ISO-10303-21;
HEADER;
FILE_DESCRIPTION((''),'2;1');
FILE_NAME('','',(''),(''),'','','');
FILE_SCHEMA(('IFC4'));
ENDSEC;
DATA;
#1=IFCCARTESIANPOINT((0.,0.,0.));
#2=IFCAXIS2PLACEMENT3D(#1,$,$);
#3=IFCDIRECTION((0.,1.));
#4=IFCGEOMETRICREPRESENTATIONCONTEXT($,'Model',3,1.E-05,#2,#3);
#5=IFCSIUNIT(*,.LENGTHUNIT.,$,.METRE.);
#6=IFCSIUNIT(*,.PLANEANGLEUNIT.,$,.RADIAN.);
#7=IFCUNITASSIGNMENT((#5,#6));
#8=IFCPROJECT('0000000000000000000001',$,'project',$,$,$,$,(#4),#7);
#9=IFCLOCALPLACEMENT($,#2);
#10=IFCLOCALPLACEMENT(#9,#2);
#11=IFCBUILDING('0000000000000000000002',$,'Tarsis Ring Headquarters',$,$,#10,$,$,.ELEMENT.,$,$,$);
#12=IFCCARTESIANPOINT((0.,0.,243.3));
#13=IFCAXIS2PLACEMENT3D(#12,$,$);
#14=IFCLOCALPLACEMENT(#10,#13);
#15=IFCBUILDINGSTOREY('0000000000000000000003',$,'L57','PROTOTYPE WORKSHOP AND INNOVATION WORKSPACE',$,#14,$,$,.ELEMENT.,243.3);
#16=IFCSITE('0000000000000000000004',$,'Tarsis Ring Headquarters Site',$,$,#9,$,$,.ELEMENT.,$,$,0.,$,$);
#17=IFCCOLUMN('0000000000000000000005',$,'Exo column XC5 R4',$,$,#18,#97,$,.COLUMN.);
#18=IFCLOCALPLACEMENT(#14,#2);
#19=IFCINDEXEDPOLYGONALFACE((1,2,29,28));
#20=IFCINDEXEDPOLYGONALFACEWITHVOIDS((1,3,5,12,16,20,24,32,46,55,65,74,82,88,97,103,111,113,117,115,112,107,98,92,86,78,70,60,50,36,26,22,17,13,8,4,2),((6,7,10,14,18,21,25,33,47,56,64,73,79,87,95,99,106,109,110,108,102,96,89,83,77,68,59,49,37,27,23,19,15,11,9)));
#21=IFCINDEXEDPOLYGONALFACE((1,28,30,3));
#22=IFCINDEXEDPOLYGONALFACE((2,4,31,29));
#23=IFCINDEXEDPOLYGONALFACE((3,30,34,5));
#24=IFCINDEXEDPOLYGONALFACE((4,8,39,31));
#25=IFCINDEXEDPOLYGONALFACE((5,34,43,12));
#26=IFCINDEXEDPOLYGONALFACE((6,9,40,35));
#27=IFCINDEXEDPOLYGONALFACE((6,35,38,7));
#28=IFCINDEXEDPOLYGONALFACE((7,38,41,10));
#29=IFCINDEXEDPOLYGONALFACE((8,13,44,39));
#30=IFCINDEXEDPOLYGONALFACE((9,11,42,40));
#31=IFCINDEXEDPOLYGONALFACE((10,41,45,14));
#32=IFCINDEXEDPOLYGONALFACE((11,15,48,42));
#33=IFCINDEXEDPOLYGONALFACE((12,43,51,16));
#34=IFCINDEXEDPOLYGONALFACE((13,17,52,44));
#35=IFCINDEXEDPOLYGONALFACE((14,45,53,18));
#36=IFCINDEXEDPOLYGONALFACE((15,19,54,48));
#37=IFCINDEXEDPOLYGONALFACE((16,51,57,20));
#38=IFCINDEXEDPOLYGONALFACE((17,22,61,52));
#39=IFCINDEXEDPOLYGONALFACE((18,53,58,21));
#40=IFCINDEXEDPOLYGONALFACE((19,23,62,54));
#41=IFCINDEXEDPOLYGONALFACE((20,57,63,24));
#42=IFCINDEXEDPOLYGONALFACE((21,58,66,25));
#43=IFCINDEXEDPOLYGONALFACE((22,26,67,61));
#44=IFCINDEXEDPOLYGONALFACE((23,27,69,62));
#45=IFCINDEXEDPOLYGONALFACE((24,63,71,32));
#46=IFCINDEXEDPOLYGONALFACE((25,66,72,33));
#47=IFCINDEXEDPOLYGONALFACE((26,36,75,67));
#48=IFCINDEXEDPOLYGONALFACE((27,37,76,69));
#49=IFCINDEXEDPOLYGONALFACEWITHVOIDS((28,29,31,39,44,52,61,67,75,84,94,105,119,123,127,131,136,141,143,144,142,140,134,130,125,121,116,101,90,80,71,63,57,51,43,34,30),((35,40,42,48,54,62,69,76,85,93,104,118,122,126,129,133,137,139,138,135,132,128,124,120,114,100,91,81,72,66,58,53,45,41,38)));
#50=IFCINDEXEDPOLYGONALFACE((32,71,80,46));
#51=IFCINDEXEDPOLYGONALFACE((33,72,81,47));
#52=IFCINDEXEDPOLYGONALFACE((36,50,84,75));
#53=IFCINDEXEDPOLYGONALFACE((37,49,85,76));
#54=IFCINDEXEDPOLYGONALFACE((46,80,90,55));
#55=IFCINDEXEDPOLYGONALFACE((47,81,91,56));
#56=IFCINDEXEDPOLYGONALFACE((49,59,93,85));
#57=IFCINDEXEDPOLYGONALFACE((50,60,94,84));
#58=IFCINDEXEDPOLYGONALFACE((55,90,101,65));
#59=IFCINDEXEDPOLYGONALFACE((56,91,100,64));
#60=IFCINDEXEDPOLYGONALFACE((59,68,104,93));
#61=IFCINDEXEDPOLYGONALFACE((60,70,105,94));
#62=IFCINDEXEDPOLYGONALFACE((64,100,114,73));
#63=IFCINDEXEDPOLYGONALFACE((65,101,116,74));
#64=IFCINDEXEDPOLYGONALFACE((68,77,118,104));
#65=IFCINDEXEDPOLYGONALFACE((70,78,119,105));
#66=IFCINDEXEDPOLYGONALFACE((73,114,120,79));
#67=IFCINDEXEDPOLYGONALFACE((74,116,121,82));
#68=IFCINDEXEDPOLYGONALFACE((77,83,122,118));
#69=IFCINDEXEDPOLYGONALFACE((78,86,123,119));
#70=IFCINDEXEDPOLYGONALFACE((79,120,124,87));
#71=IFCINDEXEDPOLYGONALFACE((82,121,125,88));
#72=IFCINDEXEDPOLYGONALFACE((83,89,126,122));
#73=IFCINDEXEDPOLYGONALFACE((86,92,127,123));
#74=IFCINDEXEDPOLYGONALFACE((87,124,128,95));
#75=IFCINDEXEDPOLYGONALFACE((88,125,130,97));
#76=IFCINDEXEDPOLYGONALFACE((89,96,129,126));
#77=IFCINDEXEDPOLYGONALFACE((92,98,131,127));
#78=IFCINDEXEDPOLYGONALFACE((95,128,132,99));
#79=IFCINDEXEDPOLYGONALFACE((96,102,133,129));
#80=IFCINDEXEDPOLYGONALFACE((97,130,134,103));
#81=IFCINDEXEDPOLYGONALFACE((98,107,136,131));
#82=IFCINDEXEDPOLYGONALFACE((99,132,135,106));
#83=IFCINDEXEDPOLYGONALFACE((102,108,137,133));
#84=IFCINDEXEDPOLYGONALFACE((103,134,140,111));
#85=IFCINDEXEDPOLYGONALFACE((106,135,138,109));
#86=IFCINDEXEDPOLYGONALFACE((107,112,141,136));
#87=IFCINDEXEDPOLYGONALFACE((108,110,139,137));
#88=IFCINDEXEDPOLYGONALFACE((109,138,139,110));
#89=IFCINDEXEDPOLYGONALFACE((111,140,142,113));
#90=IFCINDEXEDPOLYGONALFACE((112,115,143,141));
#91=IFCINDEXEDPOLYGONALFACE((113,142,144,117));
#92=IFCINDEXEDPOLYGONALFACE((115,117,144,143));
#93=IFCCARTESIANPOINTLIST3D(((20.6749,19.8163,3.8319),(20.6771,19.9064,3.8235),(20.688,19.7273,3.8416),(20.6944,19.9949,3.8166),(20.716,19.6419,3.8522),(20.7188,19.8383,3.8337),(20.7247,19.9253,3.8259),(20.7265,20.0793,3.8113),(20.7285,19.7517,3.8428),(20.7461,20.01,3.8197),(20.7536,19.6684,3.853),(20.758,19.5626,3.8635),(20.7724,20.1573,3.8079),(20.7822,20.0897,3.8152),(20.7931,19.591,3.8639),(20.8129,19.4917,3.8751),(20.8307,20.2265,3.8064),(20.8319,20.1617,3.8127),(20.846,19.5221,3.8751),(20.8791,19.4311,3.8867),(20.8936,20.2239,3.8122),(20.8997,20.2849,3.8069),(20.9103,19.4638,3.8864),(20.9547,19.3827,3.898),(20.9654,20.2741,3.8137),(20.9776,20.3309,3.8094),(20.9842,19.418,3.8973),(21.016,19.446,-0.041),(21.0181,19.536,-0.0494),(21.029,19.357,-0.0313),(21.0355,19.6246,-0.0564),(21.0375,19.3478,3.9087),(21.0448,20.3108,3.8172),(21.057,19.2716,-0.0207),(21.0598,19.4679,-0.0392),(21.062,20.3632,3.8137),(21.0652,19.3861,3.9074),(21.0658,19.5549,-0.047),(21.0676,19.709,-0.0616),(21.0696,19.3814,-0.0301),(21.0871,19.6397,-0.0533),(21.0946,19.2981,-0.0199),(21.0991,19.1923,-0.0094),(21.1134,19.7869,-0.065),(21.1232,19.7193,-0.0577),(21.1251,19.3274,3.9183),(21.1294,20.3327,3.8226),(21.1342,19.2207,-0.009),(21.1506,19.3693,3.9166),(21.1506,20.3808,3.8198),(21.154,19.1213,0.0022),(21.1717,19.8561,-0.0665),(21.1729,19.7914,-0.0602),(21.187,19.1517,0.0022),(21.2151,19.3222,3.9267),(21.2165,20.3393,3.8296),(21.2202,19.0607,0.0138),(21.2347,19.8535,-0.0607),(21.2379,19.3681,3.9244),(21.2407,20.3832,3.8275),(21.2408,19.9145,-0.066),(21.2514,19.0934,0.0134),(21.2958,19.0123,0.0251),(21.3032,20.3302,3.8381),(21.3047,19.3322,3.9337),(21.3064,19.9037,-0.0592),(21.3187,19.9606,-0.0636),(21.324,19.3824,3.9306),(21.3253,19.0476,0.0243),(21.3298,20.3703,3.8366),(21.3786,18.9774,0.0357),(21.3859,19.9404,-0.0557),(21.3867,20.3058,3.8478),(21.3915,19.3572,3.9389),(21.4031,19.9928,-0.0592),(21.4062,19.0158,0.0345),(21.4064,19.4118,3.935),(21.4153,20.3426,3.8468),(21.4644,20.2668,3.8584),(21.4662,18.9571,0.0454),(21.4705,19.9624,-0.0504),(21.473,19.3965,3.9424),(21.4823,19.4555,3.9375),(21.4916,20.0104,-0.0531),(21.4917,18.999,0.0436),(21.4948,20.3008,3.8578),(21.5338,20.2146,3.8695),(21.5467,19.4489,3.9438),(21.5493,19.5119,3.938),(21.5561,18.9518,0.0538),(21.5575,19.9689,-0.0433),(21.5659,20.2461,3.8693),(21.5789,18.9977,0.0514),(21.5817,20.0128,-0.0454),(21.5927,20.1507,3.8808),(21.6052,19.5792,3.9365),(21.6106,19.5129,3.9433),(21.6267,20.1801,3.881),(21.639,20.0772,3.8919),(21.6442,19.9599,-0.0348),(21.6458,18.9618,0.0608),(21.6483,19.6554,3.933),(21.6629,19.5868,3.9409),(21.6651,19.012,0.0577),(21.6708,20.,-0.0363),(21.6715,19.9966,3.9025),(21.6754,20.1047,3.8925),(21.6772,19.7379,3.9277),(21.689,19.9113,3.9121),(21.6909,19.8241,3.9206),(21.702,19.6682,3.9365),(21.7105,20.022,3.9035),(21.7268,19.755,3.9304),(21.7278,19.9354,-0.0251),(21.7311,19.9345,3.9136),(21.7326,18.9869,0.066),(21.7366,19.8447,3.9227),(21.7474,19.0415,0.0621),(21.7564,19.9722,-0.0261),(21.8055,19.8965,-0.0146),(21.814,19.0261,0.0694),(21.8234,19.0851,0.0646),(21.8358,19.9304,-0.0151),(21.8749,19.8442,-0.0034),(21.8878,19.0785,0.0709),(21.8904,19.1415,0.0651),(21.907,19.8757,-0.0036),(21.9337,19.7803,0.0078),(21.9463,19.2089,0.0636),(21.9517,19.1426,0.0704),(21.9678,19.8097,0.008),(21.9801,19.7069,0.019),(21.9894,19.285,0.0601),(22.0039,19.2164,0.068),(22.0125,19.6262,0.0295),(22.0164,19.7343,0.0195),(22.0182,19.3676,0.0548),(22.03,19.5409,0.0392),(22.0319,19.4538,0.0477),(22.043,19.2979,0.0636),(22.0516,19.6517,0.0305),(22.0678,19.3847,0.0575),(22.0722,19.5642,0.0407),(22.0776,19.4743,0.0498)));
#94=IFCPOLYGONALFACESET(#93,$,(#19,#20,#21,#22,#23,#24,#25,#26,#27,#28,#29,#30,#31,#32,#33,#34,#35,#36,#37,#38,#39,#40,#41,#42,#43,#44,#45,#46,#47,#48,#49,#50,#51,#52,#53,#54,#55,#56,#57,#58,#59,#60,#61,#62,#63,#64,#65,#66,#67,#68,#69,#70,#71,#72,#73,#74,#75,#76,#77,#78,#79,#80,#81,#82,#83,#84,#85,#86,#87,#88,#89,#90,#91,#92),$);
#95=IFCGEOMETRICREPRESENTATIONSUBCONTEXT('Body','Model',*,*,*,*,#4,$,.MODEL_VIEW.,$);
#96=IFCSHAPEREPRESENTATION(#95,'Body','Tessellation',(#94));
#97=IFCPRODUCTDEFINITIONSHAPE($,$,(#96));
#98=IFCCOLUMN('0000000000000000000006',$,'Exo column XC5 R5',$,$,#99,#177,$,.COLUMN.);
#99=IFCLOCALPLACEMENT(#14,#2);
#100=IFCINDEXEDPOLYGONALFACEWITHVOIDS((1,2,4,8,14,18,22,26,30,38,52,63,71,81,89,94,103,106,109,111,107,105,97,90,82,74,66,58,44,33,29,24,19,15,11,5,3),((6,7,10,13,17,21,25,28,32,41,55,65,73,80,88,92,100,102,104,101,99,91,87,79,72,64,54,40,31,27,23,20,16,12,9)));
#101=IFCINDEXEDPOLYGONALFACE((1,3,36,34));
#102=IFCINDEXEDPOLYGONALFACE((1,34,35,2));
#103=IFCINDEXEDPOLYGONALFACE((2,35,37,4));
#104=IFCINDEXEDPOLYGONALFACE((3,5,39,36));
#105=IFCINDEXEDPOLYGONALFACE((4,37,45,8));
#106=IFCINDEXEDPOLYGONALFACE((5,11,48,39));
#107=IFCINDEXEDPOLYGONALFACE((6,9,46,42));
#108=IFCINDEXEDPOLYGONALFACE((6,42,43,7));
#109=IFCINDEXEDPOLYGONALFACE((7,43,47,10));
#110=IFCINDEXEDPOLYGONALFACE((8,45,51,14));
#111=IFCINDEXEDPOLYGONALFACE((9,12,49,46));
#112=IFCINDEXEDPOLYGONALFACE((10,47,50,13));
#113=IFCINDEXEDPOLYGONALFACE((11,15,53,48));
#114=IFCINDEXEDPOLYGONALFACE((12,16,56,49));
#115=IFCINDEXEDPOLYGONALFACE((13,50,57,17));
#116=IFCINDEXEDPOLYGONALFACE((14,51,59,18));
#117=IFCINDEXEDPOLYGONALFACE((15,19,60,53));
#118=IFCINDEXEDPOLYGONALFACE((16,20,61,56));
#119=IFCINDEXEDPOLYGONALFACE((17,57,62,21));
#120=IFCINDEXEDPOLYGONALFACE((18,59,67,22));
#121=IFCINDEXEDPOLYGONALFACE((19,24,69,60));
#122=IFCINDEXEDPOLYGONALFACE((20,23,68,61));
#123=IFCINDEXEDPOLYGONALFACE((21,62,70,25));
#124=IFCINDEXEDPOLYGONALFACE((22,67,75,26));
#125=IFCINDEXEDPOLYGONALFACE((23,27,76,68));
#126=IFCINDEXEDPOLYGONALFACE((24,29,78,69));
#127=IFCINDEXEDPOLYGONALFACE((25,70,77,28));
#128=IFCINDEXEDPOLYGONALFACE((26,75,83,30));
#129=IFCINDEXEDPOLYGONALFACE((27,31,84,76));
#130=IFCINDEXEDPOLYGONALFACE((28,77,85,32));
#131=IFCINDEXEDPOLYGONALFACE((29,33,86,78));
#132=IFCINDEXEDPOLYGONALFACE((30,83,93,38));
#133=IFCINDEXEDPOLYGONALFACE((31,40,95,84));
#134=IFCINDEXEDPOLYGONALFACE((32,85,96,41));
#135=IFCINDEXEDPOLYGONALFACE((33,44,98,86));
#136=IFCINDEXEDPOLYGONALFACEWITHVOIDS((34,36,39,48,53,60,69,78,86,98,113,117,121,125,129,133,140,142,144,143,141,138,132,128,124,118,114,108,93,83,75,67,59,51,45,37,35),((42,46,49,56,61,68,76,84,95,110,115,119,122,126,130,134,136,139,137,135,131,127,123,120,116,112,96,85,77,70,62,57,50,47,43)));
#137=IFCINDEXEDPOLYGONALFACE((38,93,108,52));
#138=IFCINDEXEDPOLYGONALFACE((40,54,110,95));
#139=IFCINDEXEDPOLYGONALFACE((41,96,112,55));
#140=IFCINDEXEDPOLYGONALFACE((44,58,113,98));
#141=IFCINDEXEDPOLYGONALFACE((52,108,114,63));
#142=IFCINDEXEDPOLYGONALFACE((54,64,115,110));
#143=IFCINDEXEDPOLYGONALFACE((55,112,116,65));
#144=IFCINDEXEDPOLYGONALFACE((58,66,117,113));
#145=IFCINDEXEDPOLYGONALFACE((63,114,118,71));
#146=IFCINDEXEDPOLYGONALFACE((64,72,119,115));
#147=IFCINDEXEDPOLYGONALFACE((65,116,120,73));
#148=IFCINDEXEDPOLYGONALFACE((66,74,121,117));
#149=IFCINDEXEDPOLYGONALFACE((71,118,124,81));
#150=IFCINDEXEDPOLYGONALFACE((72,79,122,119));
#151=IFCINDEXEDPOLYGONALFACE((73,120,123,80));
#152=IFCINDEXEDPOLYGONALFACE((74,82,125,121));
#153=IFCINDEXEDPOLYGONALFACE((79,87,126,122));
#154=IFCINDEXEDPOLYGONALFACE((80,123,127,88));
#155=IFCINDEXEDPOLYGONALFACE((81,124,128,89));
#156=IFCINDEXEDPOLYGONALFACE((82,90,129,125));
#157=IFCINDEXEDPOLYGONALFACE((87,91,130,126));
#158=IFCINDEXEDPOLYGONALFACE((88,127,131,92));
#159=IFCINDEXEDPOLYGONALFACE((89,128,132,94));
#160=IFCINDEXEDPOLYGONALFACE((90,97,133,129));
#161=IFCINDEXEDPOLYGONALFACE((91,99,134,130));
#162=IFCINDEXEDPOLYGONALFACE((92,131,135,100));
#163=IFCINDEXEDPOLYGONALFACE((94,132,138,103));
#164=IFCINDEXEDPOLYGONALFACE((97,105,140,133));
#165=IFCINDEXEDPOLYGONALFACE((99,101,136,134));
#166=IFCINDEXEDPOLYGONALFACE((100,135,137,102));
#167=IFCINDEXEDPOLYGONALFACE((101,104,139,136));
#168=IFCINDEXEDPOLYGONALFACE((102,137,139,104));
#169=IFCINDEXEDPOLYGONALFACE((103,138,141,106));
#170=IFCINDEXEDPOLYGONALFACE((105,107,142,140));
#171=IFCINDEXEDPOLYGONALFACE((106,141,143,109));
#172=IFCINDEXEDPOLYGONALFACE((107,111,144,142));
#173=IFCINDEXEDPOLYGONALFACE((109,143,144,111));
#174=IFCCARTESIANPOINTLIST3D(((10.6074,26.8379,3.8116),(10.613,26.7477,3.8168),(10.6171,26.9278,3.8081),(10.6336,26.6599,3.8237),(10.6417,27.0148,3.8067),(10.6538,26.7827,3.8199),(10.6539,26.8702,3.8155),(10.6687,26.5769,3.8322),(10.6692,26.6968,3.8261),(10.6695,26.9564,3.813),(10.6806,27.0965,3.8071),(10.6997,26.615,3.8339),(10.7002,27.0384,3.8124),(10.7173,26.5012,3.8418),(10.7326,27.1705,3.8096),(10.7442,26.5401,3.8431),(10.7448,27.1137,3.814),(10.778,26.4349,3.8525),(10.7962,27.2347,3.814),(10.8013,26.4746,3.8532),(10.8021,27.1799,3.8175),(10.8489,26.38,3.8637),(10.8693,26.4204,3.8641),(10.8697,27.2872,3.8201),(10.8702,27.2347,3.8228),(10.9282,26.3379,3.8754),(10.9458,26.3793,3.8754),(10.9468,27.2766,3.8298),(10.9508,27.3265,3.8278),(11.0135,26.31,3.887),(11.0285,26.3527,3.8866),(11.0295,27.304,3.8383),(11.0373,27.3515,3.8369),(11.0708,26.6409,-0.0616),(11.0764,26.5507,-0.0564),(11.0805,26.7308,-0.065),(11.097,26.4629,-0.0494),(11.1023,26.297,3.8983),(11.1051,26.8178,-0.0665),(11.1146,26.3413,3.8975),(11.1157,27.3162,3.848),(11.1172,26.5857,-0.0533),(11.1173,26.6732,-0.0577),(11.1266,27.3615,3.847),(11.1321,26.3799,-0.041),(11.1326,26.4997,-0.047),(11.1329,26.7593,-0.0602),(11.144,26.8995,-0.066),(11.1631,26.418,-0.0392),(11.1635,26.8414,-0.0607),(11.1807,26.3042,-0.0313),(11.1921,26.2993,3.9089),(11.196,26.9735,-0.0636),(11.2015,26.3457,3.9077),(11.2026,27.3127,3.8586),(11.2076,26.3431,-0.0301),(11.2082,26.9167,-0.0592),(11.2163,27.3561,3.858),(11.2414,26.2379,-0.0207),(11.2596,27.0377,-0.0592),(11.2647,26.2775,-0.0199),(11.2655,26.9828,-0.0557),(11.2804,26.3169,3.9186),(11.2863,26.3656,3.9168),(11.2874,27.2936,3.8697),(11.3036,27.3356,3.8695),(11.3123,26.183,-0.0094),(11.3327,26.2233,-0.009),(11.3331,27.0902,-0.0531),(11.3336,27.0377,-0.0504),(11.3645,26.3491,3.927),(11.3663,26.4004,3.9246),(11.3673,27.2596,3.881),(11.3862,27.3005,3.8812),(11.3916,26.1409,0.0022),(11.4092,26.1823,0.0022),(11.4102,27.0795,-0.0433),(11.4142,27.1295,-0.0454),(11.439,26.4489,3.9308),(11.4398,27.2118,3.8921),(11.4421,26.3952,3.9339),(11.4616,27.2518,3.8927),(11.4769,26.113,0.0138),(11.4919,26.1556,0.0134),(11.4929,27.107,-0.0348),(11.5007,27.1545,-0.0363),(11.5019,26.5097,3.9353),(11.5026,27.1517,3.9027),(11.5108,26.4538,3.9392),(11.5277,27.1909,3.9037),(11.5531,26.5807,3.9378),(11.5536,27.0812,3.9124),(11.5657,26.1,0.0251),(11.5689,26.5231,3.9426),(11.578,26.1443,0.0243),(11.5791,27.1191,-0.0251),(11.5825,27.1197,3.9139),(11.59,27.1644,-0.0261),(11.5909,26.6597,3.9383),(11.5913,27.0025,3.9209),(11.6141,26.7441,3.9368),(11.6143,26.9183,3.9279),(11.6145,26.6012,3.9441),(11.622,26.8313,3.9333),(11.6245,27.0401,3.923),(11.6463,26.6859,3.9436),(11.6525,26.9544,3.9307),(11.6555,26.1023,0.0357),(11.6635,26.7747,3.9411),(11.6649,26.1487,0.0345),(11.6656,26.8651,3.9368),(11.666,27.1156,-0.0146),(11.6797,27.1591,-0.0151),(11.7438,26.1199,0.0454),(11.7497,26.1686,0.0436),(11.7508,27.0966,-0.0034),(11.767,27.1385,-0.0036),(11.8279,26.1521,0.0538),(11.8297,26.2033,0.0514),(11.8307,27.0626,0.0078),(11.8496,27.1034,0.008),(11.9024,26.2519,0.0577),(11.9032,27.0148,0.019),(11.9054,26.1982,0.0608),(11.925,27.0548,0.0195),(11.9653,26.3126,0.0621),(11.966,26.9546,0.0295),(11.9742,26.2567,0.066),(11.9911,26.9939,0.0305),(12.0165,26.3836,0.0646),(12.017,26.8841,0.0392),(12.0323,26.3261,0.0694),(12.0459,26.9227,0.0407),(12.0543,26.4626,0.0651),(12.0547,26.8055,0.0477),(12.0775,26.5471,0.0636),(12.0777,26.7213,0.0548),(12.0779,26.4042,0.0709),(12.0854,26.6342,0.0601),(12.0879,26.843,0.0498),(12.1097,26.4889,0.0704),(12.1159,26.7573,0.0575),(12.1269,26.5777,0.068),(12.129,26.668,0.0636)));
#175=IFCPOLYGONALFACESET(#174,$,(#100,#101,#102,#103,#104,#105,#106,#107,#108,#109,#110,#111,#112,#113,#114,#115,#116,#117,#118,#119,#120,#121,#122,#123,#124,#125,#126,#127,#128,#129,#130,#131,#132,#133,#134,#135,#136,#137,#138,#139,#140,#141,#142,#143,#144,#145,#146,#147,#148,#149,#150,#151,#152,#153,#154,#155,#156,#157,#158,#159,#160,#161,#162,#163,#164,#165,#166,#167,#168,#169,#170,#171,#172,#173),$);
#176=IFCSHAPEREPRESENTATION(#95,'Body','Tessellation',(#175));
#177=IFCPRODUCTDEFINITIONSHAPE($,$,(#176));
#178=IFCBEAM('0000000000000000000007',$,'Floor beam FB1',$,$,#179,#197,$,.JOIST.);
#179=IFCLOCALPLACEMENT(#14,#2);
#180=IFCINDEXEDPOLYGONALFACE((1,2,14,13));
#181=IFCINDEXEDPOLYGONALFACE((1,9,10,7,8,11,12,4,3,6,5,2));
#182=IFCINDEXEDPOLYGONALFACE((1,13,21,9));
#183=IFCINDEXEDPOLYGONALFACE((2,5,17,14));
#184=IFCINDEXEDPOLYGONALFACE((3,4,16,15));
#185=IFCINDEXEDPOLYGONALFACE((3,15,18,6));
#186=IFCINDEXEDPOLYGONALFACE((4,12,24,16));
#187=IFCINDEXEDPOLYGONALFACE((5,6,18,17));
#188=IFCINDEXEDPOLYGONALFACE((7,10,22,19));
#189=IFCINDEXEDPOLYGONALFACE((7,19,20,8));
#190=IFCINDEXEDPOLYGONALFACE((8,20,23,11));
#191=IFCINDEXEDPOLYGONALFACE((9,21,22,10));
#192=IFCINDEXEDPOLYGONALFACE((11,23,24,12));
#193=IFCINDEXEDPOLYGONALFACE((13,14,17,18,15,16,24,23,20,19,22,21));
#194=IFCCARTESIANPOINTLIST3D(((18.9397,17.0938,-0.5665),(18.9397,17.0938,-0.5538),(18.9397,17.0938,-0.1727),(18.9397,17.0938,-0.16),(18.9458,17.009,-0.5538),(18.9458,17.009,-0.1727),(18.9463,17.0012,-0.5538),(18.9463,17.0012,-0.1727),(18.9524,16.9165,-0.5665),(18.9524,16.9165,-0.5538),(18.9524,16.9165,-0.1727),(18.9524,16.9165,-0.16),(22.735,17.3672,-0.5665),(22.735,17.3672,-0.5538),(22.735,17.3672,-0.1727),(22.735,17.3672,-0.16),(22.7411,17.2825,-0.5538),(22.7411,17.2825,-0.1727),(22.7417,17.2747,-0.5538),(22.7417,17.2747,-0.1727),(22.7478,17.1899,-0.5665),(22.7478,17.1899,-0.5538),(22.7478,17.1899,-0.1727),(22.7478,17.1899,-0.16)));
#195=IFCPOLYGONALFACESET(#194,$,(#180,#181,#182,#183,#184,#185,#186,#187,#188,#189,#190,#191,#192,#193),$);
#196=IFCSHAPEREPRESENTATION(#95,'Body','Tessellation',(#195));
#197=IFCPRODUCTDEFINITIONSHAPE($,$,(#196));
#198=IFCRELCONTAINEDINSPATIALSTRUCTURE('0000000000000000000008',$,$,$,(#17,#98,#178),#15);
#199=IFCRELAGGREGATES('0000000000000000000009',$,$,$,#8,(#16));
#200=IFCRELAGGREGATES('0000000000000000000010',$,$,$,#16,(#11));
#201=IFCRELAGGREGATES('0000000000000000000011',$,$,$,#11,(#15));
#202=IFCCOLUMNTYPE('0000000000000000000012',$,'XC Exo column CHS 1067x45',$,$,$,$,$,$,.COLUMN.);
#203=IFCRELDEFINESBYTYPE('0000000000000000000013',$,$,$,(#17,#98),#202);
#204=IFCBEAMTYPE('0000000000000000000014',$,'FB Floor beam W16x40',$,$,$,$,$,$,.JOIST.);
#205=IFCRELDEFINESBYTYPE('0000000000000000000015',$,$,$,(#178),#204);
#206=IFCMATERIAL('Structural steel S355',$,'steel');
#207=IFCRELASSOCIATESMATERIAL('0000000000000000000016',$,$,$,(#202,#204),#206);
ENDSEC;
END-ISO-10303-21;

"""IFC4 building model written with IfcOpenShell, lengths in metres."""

from ifc_helpers import new_model, si_unit, direction, frame, origin, origin_2d, place, context, subcontext, project, spatial, hollow_circle, i_section, extrude, material, material_profile, profile_set, type_object, element, save


model = new_model("IFC4")

# Units and contexts
model_context = context("Model", 3, precision=1e-05, world=origin(), true_north=direction((0.0, 1.0)))
body_context = subcontext(model_context, "Body", "Model", "MODEL_VIEW")
ifc_project = project(units=[si_unit("LENGTHUNIT", "METRE"), si_unit("PLANEANGLEUNIT", "RADIAN")], contexts=[model_context])

# Site, building, storey
site_placement = place(None, origin())
site = spatial("IfcSite", under=ifc_project, at=site_placement, Name="Tarsis Ring Headquarters Site", CompositionType="ELEMENT", RefElevation=0.0)
building_placement = place(site_placement, origin())
building = spatial("IfcBuilding", under=site, at=building_placement, Name="Tarsis Ring Headquarters", CompositionType="ELEMENT")
storey_placement = place(building_placement, frame((0.0, 0.0, 243.3)))
storey = spatial("IfcBuildingStorey", under=building, at=storey_placement, Name="L57", Description="PROTOTYPE WORKSHOP AND INNOVATION WORKSPACE", CompositionType="ELEMENT", Elevation=243.3)

# Columns
ifc_material_1 = material(Name="Structural steel S355", Category="steel")
ifc_material_profile_1 = material_profile(ifc_material_1, hollow_circle(Radius=0.5334, WallThickness=0.0449, at=origin_2d()), Name="CHS 1067x45")
ifc_profile_set_1 = profile_set([ifc_material_profile_1], Name="Structural steel S355")
column_type = type_object("IfcColumnType", Name="XC Exo column CHS 1067x45", PredefinedType="COLUMN", material=ifc_profile_set_1)
column_1_placement = place(storey_placement, frame((21.5464, 19.4827, 0.0022), z_axis=(-0.087326, 0.094827, 0.991656), x_axis=(-0.735602, -0.677414, 0.0)))
element("IfcColumn", 1, at=column_1_placement, inside=storey, type_object=column_type, Name="Exo column XC5 R4", PredefinedType="COLUMN", context=body_context, shape_type="SweptSolid", body=[
    extrude(hollow_circle(Radius=0.5334, WallThickness=0.0449, at=origin_2d()), origin(), (0.0, 0.0, 1.0), 3.9055),
])
column_2_placement = place(storey_placement, frame((11.6003, 26.6318, 0.0022), z_axis=(-0.118644, 0.050445, 0.991655), x_axis=(-0.391284, -0.92027, 0.0)))
element("IfcColumn", 2, at=column_2_placement, inside=storey, type_object=column_type, Name="Exo column XC5 R5", PredefinedType="COLUMN", context=body_context, shape_type="SweptSolid", body=[
    extrude(hollow_circle(Radius=0.5334, WallThickness=0.0449, at=origin_2d()), origin(), (0.0, 0.0, 1.0), 3.9058),
])

# Beam
ifc_material_profile_2 = material_profile(ifc_material_1, i_section(OverallWidth=0.1777, OverallDepth=0.4065, WebThickness=0.0078, FlangeThickness=0.0127, at=origin_2d()), Name="W16x40")
ifc_profile_set_2 = profile_set([ifc_material_profile_2], Name="Structural steel S355")
beam_type_1 = type_object("IfcBeamType", Name="FB Floor beam W16x40", PredefinedType="JOIST", material=ifc_profile_set_2)
for number, where, z_axis, x_axis, name in (
    (3, (18.946, 17.0051, -0.3633), (0.997415, 0.071858, 0.0), (-0.071858, 0.997415, 0.0), "Floor beam FB1"),
):
    element("IfcBeam", number, at=place(storey_placement, frame(where, z_axis=z_axis, x_axis=x_axis)), inside=storey, type_object=beam_type_1, Name=name, PredefinedType="JOIST", context=body_context, shape_type="SweptSolid", body=[
        extrude(i_section(OverallWidth=0.1777, OverallDepth=0.4065, WebThickness=0.0078, FlangeThickness=0.0127, at=origin_2d()), origin(), (0.0, 0.0, 1.0), 3.8052),
    ])

save(model, "model.ifc")
